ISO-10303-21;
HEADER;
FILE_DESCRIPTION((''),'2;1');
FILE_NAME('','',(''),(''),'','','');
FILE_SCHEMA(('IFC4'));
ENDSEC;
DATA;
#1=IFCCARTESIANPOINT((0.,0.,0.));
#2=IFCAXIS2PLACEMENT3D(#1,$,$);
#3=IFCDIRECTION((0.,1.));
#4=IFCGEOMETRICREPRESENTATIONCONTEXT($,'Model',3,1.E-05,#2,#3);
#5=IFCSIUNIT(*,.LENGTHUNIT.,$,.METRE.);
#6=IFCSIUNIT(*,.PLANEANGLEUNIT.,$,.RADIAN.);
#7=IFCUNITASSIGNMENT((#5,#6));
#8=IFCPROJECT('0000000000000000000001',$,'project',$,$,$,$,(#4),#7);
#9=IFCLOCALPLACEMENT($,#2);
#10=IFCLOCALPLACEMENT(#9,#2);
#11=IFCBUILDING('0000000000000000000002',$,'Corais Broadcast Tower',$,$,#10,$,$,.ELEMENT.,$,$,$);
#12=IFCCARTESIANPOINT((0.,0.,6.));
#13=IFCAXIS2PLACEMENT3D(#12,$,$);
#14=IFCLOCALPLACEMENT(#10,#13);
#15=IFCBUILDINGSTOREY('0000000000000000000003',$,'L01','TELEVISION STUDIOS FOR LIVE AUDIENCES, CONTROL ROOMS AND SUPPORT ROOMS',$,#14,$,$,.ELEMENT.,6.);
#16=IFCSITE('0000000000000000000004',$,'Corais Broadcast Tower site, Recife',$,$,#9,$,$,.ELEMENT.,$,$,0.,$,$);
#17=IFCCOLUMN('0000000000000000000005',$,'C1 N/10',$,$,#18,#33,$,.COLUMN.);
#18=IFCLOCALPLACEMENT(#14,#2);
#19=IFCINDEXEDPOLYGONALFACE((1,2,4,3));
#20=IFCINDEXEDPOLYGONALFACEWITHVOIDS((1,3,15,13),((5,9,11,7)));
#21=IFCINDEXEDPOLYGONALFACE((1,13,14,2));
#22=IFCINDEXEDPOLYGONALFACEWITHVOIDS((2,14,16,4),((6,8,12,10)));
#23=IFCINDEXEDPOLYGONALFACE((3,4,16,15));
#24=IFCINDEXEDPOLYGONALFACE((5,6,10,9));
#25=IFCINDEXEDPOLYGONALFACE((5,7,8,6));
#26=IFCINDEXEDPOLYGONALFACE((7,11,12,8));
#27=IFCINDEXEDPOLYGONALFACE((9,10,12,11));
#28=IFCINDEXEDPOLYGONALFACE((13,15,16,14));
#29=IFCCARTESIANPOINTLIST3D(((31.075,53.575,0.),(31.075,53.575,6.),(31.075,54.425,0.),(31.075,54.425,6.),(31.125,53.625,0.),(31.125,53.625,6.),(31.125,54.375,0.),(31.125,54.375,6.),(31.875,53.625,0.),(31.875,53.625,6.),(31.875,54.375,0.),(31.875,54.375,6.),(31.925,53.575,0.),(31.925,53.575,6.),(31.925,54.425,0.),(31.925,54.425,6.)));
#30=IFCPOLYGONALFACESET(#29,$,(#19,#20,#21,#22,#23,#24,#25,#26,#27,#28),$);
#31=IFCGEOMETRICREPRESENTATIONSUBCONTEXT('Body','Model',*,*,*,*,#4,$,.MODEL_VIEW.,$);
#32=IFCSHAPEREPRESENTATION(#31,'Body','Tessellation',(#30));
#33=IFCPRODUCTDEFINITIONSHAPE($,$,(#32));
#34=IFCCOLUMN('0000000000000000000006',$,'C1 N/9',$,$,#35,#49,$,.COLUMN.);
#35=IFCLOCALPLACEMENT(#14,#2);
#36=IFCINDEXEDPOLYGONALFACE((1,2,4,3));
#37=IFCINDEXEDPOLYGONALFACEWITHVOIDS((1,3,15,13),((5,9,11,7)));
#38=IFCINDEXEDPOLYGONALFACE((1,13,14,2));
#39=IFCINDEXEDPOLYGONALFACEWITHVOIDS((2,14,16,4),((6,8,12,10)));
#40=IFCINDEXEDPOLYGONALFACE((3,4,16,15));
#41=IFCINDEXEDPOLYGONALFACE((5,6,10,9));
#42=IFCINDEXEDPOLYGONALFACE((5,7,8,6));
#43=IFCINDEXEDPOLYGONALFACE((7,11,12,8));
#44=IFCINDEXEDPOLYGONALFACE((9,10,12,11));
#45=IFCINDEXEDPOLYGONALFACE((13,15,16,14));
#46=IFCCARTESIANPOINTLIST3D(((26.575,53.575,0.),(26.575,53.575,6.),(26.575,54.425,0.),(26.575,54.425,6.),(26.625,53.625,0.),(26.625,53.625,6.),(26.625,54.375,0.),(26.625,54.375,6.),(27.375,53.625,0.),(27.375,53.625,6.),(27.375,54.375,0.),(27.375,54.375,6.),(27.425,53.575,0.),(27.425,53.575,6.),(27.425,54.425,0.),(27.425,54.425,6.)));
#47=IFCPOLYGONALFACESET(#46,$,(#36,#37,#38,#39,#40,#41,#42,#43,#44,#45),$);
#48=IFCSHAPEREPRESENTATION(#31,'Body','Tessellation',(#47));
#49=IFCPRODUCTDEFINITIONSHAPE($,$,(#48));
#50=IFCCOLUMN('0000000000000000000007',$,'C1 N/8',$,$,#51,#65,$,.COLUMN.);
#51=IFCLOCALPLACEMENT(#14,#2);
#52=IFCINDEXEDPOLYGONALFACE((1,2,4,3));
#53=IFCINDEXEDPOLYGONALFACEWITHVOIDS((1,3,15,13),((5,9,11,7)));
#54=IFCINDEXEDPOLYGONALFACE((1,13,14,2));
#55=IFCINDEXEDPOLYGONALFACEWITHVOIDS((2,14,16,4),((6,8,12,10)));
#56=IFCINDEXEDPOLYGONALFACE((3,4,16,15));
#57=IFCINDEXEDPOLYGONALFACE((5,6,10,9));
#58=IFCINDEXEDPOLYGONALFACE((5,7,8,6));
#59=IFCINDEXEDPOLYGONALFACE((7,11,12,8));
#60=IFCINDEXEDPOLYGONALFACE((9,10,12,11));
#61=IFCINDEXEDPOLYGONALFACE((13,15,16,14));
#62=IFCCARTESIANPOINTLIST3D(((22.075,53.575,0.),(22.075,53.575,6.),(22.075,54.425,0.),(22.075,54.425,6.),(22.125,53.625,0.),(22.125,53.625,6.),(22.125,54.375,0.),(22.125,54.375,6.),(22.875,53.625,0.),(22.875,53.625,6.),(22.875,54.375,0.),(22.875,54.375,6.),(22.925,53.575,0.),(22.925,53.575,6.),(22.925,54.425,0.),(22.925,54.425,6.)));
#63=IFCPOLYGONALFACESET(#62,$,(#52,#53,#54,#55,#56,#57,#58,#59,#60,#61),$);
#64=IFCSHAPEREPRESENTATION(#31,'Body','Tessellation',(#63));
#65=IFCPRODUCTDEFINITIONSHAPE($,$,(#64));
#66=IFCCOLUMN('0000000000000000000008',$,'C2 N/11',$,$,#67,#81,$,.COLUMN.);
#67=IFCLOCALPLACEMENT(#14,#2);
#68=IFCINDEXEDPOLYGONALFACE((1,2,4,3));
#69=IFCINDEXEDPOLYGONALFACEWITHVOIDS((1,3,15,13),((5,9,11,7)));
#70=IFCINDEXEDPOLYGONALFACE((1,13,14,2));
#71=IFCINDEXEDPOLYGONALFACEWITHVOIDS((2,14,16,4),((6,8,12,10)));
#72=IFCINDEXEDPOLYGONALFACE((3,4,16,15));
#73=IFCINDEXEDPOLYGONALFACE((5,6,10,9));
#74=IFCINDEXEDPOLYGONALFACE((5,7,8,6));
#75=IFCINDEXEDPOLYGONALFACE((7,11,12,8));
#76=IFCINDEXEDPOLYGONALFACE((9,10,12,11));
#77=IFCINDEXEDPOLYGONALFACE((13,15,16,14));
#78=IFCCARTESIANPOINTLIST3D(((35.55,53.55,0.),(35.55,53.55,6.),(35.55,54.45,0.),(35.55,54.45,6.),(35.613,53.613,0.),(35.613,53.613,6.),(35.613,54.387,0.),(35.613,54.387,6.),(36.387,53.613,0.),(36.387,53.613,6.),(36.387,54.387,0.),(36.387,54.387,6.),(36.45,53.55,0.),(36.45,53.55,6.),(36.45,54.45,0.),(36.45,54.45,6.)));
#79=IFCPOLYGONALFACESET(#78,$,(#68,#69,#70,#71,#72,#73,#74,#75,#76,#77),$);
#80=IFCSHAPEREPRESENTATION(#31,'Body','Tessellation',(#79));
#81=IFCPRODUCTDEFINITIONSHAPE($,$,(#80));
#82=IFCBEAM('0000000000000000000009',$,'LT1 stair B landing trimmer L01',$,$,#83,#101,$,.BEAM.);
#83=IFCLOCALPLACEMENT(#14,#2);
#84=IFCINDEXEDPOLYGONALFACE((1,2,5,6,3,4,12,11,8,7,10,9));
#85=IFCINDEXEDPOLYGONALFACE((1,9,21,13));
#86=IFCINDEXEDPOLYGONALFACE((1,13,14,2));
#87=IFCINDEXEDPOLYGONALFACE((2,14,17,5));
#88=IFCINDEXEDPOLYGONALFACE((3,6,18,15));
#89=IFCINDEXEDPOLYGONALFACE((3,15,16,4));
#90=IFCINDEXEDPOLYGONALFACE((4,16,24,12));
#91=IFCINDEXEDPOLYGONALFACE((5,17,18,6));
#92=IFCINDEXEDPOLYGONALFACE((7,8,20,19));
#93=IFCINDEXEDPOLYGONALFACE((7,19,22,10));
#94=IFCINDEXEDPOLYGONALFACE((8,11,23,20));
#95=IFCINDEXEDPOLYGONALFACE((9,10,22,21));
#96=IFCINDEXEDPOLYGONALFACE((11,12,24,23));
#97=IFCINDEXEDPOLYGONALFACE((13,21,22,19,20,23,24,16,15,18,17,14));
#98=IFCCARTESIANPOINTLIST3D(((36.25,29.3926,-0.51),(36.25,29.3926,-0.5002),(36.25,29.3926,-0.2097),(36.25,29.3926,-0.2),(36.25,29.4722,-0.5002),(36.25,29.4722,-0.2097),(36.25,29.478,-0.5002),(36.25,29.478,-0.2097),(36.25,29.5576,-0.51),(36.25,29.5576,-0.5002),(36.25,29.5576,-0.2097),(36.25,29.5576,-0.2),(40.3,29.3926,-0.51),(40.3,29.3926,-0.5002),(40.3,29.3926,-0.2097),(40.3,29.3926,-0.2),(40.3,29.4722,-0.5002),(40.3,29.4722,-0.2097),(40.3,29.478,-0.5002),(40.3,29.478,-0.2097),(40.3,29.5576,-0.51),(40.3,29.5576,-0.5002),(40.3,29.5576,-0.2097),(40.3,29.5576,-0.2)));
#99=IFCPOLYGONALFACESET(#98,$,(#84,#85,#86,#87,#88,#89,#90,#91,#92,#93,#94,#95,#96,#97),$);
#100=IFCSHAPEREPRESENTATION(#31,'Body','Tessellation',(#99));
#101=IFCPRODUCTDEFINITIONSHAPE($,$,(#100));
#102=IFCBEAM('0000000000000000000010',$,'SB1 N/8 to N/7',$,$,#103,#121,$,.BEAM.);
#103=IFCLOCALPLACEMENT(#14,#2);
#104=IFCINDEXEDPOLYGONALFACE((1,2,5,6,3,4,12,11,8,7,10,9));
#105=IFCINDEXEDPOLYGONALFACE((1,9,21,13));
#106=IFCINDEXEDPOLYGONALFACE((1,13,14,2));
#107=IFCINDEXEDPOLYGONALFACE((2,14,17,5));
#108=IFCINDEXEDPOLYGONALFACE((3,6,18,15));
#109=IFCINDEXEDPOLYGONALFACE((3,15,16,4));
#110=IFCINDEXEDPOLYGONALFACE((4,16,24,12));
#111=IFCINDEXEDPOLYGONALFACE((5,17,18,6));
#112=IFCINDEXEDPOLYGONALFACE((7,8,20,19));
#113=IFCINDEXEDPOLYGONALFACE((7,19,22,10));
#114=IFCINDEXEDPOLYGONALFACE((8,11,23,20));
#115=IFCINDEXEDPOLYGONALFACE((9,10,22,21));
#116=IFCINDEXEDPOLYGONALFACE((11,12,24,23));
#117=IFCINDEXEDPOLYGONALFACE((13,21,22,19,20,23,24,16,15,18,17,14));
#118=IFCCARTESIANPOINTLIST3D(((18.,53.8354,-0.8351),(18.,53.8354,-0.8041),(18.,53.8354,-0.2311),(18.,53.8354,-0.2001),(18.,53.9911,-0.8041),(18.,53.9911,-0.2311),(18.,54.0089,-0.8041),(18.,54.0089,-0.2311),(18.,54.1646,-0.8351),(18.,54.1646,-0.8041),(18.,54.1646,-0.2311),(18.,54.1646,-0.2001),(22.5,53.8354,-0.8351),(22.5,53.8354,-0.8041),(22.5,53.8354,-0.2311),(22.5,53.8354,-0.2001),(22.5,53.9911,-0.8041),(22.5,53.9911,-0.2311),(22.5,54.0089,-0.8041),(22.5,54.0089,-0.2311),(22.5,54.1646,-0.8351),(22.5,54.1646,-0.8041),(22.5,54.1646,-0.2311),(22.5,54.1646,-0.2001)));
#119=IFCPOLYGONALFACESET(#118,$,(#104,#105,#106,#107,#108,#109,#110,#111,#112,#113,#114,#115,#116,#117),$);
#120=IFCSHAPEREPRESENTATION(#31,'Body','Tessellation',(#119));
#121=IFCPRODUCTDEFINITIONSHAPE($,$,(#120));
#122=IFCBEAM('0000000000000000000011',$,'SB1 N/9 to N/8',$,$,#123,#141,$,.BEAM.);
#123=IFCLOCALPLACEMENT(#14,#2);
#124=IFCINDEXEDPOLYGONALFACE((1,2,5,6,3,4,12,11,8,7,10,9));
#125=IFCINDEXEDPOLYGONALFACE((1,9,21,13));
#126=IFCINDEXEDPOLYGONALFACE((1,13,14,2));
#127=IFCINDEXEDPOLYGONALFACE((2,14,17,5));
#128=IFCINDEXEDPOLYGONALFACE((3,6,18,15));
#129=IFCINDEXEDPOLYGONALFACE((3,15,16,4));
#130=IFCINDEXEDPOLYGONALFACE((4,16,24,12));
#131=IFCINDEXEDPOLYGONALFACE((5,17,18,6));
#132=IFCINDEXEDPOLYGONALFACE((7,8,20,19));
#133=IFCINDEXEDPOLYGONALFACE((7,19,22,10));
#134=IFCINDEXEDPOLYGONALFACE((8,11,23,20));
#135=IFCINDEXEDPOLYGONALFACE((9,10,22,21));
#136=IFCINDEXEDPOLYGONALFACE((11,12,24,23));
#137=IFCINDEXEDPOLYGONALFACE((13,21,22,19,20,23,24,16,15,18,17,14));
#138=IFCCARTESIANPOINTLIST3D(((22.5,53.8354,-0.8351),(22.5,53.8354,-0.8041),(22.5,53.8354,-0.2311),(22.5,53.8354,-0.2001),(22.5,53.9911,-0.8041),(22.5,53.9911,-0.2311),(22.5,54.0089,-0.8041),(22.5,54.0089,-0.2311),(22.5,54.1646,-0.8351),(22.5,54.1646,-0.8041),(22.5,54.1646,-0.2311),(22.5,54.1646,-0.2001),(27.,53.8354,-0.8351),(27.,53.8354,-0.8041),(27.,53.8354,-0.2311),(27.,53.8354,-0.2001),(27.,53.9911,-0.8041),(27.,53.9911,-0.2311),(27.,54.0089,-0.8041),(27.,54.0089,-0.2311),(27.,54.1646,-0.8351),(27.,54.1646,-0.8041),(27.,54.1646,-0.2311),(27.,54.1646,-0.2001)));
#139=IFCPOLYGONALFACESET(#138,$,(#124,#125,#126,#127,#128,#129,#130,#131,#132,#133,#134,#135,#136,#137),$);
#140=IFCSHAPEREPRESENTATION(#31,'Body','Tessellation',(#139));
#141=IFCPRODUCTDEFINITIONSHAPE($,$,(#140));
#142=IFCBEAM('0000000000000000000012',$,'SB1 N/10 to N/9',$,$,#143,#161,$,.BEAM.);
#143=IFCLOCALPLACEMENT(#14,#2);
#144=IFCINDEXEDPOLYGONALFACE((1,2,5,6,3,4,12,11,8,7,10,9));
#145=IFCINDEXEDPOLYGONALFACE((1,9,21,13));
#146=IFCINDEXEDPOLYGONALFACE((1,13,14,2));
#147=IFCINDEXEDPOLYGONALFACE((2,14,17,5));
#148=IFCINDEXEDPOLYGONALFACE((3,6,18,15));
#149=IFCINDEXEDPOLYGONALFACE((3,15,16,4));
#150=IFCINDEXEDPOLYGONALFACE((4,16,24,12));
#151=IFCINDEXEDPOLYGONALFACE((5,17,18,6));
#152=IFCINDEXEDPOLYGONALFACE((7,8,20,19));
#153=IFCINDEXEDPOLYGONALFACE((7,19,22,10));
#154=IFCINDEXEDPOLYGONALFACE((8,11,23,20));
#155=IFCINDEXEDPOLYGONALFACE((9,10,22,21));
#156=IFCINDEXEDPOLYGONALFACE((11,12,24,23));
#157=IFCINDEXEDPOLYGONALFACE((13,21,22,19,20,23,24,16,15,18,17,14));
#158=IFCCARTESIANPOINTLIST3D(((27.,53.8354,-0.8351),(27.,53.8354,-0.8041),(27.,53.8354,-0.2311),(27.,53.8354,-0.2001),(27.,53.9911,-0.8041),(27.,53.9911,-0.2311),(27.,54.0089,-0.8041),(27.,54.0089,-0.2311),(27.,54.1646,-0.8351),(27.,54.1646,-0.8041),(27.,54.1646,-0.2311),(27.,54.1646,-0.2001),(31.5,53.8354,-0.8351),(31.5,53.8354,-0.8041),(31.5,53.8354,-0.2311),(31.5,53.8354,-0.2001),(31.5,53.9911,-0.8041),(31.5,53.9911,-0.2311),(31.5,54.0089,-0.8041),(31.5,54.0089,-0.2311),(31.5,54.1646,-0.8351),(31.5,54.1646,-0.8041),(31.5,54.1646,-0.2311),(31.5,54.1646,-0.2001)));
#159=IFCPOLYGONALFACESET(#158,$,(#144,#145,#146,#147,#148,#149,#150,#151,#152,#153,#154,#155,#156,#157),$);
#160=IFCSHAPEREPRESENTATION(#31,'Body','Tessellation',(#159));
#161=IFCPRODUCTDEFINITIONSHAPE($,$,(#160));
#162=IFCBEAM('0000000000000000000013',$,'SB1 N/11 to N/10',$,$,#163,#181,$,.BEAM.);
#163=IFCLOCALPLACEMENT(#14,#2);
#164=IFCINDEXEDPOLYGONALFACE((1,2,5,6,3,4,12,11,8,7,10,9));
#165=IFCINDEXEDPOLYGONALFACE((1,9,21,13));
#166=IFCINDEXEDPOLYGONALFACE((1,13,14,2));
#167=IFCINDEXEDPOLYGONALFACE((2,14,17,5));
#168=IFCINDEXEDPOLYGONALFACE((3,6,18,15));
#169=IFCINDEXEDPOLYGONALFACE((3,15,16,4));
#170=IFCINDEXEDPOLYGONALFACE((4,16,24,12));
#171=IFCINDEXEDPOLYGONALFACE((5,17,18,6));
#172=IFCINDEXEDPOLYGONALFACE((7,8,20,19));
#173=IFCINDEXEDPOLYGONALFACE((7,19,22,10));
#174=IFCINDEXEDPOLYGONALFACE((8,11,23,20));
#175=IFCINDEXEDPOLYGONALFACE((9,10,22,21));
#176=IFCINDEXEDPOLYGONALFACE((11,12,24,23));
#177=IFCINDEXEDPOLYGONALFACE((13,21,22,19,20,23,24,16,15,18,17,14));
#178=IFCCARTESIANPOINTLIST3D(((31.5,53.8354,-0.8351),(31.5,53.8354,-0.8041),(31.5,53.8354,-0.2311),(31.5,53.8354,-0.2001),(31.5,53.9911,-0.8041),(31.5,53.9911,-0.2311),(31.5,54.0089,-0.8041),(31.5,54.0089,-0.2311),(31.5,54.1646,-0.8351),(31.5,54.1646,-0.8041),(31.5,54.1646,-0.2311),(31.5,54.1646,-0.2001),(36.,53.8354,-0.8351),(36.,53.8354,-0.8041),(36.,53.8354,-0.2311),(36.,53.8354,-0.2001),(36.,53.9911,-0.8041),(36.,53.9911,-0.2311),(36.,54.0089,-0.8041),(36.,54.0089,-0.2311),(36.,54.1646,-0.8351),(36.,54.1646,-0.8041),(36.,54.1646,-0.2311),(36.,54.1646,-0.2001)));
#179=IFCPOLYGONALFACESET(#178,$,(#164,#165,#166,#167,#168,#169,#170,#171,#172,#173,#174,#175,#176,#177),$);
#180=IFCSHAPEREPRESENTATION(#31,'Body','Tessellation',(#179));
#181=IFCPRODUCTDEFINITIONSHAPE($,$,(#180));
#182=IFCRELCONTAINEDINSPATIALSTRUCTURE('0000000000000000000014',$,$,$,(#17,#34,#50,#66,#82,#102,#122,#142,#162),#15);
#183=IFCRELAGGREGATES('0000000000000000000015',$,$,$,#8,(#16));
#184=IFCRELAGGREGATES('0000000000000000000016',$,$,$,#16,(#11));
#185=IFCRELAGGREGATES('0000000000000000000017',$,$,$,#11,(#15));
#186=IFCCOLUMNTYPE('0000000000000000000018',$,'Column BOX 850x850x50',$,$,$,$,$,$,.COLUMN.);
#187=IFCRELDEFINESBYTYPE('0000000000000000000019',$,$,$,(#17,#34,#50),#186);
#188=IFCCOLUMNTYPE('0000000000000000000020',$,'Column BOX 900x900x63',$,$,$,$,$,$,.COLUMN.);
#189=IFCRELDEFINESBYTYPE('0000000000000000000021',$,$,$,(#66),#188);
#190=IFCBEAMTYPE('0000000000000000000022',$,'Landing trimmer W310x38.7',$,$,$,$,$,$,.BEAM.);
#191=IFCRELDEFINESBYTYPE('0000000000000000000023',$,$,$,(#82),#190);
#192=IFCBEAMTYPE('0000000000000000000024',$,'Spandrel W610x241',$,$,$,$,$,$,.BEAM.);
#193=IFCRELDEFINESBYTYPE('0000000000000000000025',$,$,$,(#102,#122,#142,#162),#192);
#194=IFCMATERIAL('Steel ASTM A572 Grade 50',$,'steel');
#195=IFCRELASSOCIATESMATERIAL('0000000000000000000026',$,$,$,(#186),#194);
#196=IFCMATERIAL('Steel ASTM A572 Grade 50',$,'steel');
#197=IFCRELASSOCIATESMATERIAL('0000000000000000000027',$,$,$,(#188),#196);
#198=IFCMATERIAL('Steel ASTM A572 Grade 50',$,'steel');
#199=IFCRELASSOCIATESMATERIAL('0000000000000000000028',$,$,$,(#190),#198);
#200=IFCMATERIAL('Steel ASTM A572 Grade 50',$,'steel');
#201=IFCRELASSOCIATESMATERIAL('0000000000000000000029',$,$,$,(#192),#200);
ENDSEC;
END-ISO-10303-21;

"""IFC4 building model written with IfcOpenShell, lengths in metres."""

from ifc_helpers import new_model, si_unit, direction, frame, origin, origin_2d, place, context, subcontext, project, spatial, hollow_rectangle, i_section, extrude, material, material_profile, profile_set, type_object, element, save


model = new_model("IFC4")

# Units and contexts
model_context = context("Model", 3, precision=1e-05, world=origin(), true_north=direction((0.0, 1.0)))
body_context = subcontext(model_context, "Body", "Model", "MODEL_VIEW")
ifc_project = project(units=[si_unit("LENGTHUNIT", "METRE"), si_unit("PLANEANGLEUNIT", "RADIAN")], contexts=[model_context])

# Site, building, storey
site_placement = place(None, origin())
site = spatial("IfcSite", under=ifc_project, at=site_placement, Name="Corais Broadcast Tower site, Recife", CompositionType="ELEMENT", RefElevation=0.0)
building_placement = place(site_placement, origin())
building = spatial("IfcBuilding", under=site, at=building_placement, Name="Corais Broadcast Tower", CompositionType="ELEMENT")
storey_placement = place(building_placement, frame((0.0, 0.0, 6.0)))
storey = spatial("IfcBuildingStorey", under=building, at=storey_placement, Name="L01", Description="TELEVISION STUDIOS FOR LIVE AUDIENCES, CONTROL ROOMS AND SUPPORT ROOMS", CompositionType="ELEMENT", Elevation=6.0)

# Columns
ifc_material_1 = material(Name="Steel ASTM A572 Grade 50", Category="steel")
ifc_material_profile_1 = material_profile(ifc_material_1, hollow_rectangle(XDim=0.8501, YDim=0.8501, WallThickness=0.05, at=origin_2d()), Name="BOX 850x850x50")
ifc_profile_set_1 = profile_set([ifc_material_profile_1], Name="Steel ASTM A572 Grade 50")
column_type_1 = type_object("IfcColumnType", Name="Column BOX 850x850x50", PredefinedType="COLUMN", material=ifc_profile_set_1)
for number, where, z_axis, x_axis, name in (
    (1, (31.5, 54.0, 0.0), (0.0, 0.0, 1.0), (1.0, 0.0, 0.0), "C1 N/10"),
    (2, (27.0, 54.0, 0.0), (0.0, 0.0, 1.0), (1.0, 0.0, 0.0), "C1 N/9"),
    (3, (22.5, 54.0, 0.0), (0.0, 0.0, 1.0), (1.0, 0.0, 0.0), "C1 N/8"),
):
    element("IfcColumn", number, at=place(storey_placement, frame(where, z_axis=z_axis, x_axis=x_axis)), inside=storey, type_object=column_type_1, Name=name, PredefinedType="COLUMN", context=body_context, shape_type="SweptSolid", body=[
        extrude(hollow_rectangle(XDim=0.8501, YDim=0.8501, WallThickness=0.05, at=origin_2d()), origin(), (0.0, 0.0, 1.0), 6.0),
    ])
ifc_material_2 = material(Name="Steel ASTM A572 Grade 50", Category="steel")
ifc_material_profile_2 = material_profile(ifc_material_2, hollow_rectangle(XDim=0.8999, YDim=0.8999, WallThickness=0.063, at=origin_2d()), Name="BOX 900x900x63")
ifc_profile_set_2 = profile_set([ifc_material_profile_2], Name="Steel ASTM A572 Grade 50")
column_type_2 = type_object("IfcColumnType", Name="Column BOX 900x900x63", PredefinedType="COLUMN", material=ifc_profile_set_2)
column_placement = place(storey_placement, frame((36.0, 54.0, 0.0), z_axis=(0.0, 0.0, 1.0), x_axis=(1.0, 0.0, 0.0)))
element("IfcColumn", 4, at=column_placement, inside=storey, type_object=column_type_2, Name="C2 N/11", PredefinedType="COLUMN", context=body_context, shape_type="SweptSolid", body=[
    extrude(hollow_rectangle(XDim=0.8999, YDim=0.8999, WallThickness=0.063, at=origin_2d()), origin(), (0.0, 0.0, 1.0), 6.0),
])

# Beams
ifc_material_3 = material(Name="Steel ASTM A572 Grade 50", Category="steel")
ifc_material_profile_3 = material_profile(ifc_material_3, i_section(OverallWidth=0.165, OverallDepth=0.3101, WebThickness=0.0059, FlangeThickness=0.0098, at=origin_2d()), Name="W310x38.7")
ifc_profile_set_3 = profile_set([ifc_material_profile_3], Name="Steel ASTM A572 Grade 50")
beam_type_1 = type_object("IfcBeamType", Name="Landing trimmer W310x38.7", PredefinedType="BEAM", material=ifc_profile_set_3)
beam_placement = place(storey_placement, frame((36.25, 29.4751, -0.355), z_axis=(1.0, 0.0, 0.0), x_axis=(0.0, 1.0, 0.0)))
element("IfcBeam", 5, at=beam_placement, inside=storey, type_object=beam_type_1, Name="LT1 stair B landing trimmer L01", PredefinedType="BEAM", context=body_context, shape_type="SweptSolid", body=[
    extrude(i_section(OverallWidth=0.165, OverallDepth=0.3101, WebThickness=0.0059, FlangeThickness=0.0098, at=origin_2d()), origin(), (0.0, 0.0, 1.0), 4.05),
])
ifc_material_4 = material(Name="Steel ASTM A572 Grade 50", Category="steel")
ifc_material_profile_4 = material_profile(ifc_material_4, i_section(OverallWidth=0.3291, OverallDepth=0.635, WebThickness=0.0178, FlangeThickness=0.031, at=origin_2d()), Name="W610x241")
ifc_profile_set_4 = profile_set([ifc_material_profile_4], Name="Steel ASTM A572 Grade 50")
beam_type_2 = type_object("IfcBeamType", Name="Spandrel W610x241", PredefinedType="BEAM", material=ifc_profile_set_4)
for number, where, z_axis, x_axis, name in (
    (6, (22.5, 54.0, -0.5176), (-1.0, 0.0, 0.0), (0.0, -1.0, 0.0), "SB1 N/8 to N/7"),
    (7, (27.0, 54.0, -0.5176), (-1.0, 0.0, 0.0), (0.0, -1.0, 0.0), "SB1 N/9 to N/8"),
    (8, (31.5, 54.0, -0.5176), (-1.0, 0.0, 0.0), (0.0, -1.0, 0.0), "SB1 N/10 to N/9"),
    (9, (36.0, 54.0, -0.5176), (-1.0, 0.0, 0.0), (0.0, -1.0, 0.0), "SB1 N/11 to N/10"),
):
    element("IfcBeam", number, at=place(storey_placement, frame(where, z_axis=z_axis, x_axis=x_axis)), inside=storey, type_object=beam_type_2, Name=name, PredefinedType="BEAM", context=body_context, shape_type="SweptSolid", body=[
        extrude(i_section(OverallWidth=0.3291, OverallDepth=0.635, WebThickness=0.0178, FlangeThickness=0.031, at=origin_2d()), origin(), (0.0, 0.0, 1.0), 4.5),
    ])

save(model, "model.ifc")
